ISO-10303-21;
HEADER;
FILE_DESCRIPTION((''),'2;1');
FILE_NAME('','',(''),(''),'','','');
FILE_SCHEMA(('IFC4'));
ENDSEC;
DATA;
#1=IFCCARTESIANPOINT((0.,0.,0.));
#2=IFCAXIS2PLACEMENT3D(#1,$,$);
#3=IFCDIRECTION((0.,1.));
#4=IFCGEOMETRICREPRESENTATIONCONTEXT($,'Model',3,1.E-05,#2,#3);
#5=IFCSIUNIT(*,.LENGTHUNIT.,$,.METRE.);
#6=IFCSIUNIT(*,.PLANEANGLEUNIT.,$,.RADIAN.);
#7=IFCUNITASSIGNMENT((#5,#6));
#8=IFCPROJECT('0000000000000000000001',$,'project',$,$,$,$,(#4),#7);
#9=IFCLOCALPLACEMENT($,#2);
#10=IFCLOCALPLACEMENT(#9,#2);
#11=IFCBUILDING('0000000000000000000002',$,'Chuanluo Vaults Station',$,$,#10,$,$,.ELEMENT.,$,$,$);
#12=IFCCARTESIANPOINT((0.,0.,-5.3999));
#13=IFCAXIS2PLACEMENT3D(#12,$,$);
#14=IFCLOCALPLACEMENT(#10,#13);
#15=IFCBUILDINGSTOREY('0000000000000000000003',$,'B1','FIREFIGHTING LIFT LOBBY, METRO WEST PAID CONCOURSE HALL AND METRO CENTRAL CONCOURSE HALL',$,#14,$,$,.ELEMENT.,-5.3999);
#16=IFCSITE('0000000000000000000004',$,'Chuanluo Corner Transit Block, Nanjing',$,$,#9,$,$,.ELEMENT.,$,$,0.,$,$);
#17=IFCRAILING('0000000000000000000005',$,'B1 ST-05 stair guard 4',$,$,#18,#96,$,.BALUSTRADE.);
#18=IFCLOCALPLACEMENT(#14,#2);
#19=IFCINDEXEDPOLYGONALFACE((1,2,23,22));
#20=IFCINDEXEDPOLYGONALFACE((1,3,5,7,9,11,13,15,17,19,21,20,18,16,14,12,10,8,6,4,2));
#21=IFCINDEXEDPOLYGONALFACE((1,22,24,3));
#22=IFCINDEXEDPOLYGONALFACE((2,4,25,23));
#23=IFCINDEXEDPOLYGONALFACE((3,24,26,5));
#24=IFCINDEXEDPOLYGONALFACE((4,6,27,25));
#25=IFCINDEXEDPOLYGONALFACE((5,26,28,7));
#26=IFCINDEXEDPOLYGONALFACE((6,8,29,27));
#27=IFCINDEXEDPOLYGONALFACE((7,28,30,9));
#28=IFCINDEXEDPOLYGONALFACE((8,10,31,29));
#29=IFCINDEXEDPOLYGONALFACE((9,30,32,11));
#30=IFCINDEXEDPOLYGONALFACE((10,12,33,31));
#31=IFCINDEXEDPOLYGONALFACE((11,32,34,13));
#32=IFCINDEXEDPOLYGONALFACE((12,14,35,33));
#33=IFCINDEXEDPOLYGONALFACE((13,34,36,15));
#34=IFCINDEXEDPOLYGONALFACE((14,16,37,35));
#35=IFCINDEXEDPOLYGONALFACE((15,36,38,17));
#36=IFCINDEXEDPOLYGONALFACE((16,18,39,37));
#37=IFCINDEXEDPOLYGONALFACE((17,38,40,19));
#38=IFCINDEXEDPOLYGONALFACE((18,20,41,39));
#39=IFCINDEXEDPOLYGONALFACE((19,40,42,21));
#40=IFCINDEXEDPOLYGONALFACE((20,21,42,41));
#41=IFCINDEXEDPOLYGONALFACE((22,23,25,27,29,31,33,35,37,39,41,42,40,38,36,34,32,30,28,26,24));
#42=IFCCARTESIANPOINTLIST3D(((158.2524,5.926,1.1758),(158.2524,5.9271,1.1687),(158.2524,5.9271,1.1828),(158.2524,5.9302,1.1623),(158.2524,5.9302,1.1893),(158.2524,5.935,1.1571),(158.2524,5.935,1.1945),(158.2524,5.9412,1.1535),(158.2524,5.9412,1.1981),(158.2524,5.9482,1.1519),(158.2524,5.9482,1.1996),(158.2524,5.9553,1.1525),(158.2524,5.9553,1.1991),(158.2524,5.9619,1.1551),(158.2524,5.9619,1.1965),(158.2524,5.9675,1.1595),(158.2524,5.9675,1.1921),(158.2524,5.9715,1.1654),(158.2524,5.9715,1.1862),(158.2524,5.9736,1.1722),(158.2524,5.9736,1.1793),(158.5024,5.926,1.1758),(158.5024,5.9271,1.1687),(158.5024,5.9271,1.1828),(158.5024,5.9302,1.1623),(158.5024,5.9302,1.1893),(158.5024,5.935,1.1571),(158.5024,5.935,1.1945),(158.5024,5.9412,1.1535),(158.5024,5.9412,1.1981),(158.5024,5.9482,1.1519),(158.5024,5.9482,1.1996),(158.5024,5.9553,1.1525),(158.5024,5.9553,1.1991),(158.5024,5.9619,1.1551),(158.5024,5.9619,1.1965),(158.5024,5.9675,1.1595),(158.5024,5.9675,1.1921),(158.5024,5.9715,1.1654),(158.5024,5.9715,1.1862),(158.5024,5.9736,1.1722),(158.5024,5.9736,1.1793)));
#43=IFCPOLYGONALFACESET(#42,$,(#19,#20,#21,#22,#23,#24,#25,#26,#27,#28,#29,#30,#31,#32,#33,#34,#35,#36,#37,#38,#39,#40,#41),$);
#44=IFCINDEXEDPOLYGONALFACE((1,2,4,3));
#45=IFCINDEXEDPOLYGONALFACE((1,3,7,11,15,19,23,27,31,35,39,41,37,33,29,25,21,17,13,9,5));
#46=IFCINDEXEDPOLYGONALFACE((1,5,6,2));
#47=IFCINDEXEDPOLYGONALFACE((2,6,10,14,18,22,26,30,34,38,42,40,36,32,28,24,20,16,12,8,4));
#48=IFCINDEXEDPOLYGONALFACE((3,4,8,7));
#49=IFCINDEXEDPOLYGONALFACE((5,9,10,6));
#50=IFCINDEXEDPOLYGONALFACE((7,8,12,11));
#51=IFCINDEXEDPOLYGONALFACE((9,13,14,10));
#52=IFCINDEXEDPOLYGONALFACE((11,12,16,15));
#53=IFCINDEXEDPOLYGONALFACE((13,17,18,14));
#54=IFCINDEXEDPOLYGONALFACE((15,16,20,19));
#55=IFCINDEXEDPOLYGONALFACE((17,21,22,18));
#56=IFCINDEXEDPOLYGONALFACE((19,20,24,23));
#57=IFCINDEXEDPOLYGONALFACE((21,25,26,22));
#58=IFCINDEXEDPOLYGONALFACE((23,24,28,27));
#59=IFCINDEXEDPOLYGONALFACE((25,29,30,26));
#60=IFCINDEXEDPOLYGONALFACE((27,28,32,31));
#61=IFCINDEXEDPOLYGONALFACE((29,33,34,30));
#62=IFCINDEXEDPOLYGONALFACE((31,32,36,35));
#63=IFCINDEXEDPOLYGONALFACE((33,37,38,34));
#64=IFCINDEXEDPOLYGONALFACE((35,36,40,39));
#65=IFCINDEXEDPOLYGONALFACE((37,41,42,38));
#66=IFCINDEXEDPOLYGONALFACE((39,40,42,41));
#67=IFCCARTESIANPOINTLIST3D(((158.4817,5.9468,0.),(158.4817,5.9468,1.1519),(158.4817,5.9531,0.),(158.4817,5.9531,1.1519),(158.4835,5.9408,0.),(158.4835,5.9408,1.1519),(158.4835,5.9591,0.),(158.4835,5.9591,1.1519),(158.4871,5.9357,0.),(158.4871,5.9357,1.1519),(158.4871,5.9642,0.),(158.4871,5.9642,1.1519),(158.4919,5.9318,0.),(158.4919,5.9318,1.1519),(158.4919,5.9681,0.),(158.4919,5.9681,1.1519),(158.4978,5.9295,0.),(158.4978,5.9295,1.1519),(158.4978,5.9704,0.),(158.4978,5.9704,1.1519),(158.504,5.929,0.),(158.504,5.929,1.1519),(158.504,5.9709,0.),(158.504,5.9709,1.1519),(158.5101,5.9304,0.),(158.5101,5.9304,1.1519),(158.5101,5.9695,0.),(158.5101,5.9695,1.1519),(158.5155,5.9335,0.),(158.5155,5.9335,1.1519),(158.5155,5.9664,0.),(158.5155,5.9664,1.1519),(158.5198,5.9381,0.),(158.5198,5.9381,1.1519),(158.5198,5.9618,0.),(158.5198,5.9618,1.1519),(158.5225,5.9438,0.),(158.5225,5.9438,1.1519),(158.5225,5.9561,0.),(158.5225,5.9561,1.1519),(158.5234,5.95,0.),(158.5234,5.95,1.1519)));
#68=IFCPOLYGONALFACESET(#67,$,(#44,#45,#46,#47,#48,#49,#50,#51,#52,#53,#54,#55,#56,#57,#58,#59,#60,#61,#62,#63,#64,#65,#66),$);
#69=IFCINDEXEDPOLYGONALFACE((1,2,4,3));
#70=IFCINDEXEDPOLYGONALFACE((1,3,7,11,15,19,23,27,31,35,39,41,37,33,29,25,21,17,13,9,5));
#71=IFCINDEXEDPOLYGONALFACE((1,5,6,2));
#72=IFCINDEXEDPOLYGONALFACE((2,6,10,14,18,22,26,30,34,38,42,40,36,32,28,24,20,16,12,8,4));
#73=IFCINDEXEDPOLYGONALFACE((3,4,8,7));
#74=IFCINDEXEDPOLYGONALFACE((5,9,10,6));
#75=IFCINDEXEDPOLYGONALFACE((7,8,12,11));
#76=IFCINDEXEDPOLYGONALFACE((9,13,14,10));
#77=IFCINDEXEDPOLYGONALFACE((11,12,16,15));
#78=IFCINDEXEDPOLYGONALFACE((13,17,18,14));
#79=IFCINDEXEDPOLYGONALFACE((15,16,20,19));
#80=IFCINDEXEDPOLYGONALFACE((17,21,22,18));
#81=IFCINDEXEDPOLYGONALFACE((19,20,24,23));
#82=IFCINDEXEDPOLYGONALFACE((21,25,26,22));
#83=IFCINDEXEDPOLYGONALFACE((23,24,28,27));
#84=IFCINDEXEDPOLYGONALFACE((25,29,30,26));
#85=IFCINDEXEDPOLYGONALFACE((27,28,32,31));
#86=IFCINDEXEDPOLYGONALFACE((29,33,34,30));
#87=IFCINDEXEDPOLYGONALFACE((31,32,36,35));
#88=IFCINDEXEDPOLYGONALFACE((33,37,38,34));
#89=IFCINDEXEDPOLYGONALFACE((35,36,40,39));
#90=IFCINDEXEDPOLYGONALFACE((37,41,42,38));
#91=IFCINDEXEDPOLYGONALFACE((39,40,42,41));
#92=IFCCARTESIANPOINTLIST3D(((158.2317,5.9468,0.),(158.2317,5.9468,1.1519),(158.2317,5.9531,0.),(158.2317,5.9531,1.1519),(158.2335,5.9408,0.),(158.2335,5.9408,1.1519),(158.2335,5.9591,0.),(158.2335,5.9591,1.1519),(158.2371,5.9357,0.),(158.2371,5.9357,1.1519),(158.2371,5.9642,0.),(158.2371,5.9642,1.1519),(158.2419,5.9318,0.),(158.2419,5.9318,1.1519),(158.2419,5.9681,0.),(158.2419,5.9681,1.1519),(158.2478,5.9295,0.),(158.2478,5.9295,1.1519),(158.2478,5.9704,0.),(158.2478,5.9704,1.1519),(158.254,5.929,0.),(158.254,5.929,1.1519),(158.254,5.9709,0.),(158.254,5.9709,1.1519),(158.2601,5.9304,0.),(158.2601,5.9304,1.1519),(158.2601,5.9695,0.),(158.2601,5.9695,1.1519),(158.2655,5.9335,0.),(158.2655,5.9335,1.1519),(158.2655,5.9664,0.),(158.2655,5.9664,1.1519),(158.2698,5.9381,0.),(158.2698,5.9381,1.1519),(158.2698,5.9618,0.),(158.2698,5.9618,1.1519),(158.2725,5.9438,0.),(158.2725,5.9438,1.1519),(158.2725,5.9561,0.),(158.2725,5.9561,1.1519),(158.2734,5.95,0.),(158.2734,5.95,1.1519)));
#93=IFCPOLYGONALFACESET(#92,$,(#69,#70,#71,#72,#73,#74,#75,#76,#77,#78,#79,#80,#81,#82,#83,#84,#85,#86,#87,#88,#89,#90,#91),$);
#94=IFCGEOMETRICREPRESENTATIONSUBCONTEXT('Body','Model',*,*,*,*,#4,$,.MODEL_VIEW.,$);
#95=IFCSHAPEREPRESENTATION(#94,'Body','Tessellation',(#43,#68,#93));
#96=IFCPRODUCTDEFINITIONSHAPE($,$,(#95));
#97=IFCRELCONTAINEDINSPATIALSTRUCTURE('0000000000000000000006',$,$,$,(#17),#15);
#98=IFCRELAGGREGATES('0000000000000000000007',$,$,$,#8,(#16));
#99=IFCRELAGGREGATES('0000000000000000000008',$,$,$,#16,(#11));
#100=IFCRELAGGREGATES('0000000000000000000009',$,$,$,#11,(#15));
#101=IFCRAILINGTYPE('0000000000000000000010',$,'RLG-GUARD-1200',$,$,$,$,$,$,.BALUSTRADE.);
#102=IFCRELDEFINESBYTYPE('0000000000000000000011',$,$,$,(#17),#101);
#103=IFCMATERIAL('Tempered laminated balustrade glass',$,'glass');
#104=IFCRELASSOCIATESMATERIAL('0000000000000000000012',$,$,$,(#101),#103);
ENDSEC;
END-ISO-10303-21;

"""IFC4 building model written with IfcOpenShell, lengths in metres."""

from ifc_helpers import new_model, si_unit, direction, frame, origin, origin_2d, place, context, subcontext, project, spatial, circle, extrude, material, type_object, element, save


model = new_model("IFC4")

# Units and contexts
model_context = context("Model", 3, precision=1e-05, world=origin(), true_north=direction((0.0, 1.0)))
body_context = subcontext(model_context, "Body", "Model", "MODEL_VIEW")
ifc_project = project(units=[si_unit("LENGTHUNIT", "METRE"), si_unit("PLANEANGLEUNIT", "RADIAN")], contexts=[model_context])

# Site, building, storey
site_placement = place(None, origin())
site = spatial("IfcSite", under=ifc_project, at=site_placement, Name="Chuanluo Corner Transit Block, Nanjing", CompositionType="ELEMENT", RefElevation=0.0)
building_placement = place(site_placement, origin())
building = spatial("IfcBuilding", under=site, at=building_placement, Name="Chuanluo Vaults Station", CompositionType="ELEMENT")
storey_placement = place(building_placement, frame((0.0, 0.0, -5.3999)))
storey = spatial("IfcBuildingStorey", under=building, at=storey_placement, Name="B1", Description="FIREFIGHTING LIFT LOBBY, METRO WEST PAID CONCOURSE HALL AND METRO CENTRAL CONCOURSE HALL", CompositionType="ELEMENT", Elevation=-5.3999)

# Railing
ifc_material_1 = material(Name="Tempered laminated balustrade glass", Category="glass")
railing_type_1 = type_object("IfcRailingType", Name="RLG-GUARD-1200", PredefinedType="BALUSTRADE", material=ifc_material_1)
railing_1_placement = place(storey_placement, frame((158.5024, 5.95, 0.0)))
element("IfcRailing", 1, at=railing_1_placement, inside=storey, type_object=railing_type_1, Name="B1 ST-05 stair guard 4", PredefinedType="BALUSTRADE", context=body_context, shape_type="SweptSolid", body=[
    extrude(circle(Radius=0.0239, at=origin_2d()), frame((0.0, 0.0, 1.1758), z_axis=(-1.0, 0.0, 0.0), x_axis=(0.0, -1.0, 0.0)), (0.0, 0.0, 1.0), 0.25),
    extrude(circle(Radius=0.021, at=origin_2d()), origin(), (0.0, 0.0, 1.0), 1.1519),
    extrude(circle(Radius=0.021, at=origin_2d()), frame((-0.25, 0.0, 0.0)), (0.0, 0.0, 1.0), 1.1519),
])

save(model, "model.ifc")
